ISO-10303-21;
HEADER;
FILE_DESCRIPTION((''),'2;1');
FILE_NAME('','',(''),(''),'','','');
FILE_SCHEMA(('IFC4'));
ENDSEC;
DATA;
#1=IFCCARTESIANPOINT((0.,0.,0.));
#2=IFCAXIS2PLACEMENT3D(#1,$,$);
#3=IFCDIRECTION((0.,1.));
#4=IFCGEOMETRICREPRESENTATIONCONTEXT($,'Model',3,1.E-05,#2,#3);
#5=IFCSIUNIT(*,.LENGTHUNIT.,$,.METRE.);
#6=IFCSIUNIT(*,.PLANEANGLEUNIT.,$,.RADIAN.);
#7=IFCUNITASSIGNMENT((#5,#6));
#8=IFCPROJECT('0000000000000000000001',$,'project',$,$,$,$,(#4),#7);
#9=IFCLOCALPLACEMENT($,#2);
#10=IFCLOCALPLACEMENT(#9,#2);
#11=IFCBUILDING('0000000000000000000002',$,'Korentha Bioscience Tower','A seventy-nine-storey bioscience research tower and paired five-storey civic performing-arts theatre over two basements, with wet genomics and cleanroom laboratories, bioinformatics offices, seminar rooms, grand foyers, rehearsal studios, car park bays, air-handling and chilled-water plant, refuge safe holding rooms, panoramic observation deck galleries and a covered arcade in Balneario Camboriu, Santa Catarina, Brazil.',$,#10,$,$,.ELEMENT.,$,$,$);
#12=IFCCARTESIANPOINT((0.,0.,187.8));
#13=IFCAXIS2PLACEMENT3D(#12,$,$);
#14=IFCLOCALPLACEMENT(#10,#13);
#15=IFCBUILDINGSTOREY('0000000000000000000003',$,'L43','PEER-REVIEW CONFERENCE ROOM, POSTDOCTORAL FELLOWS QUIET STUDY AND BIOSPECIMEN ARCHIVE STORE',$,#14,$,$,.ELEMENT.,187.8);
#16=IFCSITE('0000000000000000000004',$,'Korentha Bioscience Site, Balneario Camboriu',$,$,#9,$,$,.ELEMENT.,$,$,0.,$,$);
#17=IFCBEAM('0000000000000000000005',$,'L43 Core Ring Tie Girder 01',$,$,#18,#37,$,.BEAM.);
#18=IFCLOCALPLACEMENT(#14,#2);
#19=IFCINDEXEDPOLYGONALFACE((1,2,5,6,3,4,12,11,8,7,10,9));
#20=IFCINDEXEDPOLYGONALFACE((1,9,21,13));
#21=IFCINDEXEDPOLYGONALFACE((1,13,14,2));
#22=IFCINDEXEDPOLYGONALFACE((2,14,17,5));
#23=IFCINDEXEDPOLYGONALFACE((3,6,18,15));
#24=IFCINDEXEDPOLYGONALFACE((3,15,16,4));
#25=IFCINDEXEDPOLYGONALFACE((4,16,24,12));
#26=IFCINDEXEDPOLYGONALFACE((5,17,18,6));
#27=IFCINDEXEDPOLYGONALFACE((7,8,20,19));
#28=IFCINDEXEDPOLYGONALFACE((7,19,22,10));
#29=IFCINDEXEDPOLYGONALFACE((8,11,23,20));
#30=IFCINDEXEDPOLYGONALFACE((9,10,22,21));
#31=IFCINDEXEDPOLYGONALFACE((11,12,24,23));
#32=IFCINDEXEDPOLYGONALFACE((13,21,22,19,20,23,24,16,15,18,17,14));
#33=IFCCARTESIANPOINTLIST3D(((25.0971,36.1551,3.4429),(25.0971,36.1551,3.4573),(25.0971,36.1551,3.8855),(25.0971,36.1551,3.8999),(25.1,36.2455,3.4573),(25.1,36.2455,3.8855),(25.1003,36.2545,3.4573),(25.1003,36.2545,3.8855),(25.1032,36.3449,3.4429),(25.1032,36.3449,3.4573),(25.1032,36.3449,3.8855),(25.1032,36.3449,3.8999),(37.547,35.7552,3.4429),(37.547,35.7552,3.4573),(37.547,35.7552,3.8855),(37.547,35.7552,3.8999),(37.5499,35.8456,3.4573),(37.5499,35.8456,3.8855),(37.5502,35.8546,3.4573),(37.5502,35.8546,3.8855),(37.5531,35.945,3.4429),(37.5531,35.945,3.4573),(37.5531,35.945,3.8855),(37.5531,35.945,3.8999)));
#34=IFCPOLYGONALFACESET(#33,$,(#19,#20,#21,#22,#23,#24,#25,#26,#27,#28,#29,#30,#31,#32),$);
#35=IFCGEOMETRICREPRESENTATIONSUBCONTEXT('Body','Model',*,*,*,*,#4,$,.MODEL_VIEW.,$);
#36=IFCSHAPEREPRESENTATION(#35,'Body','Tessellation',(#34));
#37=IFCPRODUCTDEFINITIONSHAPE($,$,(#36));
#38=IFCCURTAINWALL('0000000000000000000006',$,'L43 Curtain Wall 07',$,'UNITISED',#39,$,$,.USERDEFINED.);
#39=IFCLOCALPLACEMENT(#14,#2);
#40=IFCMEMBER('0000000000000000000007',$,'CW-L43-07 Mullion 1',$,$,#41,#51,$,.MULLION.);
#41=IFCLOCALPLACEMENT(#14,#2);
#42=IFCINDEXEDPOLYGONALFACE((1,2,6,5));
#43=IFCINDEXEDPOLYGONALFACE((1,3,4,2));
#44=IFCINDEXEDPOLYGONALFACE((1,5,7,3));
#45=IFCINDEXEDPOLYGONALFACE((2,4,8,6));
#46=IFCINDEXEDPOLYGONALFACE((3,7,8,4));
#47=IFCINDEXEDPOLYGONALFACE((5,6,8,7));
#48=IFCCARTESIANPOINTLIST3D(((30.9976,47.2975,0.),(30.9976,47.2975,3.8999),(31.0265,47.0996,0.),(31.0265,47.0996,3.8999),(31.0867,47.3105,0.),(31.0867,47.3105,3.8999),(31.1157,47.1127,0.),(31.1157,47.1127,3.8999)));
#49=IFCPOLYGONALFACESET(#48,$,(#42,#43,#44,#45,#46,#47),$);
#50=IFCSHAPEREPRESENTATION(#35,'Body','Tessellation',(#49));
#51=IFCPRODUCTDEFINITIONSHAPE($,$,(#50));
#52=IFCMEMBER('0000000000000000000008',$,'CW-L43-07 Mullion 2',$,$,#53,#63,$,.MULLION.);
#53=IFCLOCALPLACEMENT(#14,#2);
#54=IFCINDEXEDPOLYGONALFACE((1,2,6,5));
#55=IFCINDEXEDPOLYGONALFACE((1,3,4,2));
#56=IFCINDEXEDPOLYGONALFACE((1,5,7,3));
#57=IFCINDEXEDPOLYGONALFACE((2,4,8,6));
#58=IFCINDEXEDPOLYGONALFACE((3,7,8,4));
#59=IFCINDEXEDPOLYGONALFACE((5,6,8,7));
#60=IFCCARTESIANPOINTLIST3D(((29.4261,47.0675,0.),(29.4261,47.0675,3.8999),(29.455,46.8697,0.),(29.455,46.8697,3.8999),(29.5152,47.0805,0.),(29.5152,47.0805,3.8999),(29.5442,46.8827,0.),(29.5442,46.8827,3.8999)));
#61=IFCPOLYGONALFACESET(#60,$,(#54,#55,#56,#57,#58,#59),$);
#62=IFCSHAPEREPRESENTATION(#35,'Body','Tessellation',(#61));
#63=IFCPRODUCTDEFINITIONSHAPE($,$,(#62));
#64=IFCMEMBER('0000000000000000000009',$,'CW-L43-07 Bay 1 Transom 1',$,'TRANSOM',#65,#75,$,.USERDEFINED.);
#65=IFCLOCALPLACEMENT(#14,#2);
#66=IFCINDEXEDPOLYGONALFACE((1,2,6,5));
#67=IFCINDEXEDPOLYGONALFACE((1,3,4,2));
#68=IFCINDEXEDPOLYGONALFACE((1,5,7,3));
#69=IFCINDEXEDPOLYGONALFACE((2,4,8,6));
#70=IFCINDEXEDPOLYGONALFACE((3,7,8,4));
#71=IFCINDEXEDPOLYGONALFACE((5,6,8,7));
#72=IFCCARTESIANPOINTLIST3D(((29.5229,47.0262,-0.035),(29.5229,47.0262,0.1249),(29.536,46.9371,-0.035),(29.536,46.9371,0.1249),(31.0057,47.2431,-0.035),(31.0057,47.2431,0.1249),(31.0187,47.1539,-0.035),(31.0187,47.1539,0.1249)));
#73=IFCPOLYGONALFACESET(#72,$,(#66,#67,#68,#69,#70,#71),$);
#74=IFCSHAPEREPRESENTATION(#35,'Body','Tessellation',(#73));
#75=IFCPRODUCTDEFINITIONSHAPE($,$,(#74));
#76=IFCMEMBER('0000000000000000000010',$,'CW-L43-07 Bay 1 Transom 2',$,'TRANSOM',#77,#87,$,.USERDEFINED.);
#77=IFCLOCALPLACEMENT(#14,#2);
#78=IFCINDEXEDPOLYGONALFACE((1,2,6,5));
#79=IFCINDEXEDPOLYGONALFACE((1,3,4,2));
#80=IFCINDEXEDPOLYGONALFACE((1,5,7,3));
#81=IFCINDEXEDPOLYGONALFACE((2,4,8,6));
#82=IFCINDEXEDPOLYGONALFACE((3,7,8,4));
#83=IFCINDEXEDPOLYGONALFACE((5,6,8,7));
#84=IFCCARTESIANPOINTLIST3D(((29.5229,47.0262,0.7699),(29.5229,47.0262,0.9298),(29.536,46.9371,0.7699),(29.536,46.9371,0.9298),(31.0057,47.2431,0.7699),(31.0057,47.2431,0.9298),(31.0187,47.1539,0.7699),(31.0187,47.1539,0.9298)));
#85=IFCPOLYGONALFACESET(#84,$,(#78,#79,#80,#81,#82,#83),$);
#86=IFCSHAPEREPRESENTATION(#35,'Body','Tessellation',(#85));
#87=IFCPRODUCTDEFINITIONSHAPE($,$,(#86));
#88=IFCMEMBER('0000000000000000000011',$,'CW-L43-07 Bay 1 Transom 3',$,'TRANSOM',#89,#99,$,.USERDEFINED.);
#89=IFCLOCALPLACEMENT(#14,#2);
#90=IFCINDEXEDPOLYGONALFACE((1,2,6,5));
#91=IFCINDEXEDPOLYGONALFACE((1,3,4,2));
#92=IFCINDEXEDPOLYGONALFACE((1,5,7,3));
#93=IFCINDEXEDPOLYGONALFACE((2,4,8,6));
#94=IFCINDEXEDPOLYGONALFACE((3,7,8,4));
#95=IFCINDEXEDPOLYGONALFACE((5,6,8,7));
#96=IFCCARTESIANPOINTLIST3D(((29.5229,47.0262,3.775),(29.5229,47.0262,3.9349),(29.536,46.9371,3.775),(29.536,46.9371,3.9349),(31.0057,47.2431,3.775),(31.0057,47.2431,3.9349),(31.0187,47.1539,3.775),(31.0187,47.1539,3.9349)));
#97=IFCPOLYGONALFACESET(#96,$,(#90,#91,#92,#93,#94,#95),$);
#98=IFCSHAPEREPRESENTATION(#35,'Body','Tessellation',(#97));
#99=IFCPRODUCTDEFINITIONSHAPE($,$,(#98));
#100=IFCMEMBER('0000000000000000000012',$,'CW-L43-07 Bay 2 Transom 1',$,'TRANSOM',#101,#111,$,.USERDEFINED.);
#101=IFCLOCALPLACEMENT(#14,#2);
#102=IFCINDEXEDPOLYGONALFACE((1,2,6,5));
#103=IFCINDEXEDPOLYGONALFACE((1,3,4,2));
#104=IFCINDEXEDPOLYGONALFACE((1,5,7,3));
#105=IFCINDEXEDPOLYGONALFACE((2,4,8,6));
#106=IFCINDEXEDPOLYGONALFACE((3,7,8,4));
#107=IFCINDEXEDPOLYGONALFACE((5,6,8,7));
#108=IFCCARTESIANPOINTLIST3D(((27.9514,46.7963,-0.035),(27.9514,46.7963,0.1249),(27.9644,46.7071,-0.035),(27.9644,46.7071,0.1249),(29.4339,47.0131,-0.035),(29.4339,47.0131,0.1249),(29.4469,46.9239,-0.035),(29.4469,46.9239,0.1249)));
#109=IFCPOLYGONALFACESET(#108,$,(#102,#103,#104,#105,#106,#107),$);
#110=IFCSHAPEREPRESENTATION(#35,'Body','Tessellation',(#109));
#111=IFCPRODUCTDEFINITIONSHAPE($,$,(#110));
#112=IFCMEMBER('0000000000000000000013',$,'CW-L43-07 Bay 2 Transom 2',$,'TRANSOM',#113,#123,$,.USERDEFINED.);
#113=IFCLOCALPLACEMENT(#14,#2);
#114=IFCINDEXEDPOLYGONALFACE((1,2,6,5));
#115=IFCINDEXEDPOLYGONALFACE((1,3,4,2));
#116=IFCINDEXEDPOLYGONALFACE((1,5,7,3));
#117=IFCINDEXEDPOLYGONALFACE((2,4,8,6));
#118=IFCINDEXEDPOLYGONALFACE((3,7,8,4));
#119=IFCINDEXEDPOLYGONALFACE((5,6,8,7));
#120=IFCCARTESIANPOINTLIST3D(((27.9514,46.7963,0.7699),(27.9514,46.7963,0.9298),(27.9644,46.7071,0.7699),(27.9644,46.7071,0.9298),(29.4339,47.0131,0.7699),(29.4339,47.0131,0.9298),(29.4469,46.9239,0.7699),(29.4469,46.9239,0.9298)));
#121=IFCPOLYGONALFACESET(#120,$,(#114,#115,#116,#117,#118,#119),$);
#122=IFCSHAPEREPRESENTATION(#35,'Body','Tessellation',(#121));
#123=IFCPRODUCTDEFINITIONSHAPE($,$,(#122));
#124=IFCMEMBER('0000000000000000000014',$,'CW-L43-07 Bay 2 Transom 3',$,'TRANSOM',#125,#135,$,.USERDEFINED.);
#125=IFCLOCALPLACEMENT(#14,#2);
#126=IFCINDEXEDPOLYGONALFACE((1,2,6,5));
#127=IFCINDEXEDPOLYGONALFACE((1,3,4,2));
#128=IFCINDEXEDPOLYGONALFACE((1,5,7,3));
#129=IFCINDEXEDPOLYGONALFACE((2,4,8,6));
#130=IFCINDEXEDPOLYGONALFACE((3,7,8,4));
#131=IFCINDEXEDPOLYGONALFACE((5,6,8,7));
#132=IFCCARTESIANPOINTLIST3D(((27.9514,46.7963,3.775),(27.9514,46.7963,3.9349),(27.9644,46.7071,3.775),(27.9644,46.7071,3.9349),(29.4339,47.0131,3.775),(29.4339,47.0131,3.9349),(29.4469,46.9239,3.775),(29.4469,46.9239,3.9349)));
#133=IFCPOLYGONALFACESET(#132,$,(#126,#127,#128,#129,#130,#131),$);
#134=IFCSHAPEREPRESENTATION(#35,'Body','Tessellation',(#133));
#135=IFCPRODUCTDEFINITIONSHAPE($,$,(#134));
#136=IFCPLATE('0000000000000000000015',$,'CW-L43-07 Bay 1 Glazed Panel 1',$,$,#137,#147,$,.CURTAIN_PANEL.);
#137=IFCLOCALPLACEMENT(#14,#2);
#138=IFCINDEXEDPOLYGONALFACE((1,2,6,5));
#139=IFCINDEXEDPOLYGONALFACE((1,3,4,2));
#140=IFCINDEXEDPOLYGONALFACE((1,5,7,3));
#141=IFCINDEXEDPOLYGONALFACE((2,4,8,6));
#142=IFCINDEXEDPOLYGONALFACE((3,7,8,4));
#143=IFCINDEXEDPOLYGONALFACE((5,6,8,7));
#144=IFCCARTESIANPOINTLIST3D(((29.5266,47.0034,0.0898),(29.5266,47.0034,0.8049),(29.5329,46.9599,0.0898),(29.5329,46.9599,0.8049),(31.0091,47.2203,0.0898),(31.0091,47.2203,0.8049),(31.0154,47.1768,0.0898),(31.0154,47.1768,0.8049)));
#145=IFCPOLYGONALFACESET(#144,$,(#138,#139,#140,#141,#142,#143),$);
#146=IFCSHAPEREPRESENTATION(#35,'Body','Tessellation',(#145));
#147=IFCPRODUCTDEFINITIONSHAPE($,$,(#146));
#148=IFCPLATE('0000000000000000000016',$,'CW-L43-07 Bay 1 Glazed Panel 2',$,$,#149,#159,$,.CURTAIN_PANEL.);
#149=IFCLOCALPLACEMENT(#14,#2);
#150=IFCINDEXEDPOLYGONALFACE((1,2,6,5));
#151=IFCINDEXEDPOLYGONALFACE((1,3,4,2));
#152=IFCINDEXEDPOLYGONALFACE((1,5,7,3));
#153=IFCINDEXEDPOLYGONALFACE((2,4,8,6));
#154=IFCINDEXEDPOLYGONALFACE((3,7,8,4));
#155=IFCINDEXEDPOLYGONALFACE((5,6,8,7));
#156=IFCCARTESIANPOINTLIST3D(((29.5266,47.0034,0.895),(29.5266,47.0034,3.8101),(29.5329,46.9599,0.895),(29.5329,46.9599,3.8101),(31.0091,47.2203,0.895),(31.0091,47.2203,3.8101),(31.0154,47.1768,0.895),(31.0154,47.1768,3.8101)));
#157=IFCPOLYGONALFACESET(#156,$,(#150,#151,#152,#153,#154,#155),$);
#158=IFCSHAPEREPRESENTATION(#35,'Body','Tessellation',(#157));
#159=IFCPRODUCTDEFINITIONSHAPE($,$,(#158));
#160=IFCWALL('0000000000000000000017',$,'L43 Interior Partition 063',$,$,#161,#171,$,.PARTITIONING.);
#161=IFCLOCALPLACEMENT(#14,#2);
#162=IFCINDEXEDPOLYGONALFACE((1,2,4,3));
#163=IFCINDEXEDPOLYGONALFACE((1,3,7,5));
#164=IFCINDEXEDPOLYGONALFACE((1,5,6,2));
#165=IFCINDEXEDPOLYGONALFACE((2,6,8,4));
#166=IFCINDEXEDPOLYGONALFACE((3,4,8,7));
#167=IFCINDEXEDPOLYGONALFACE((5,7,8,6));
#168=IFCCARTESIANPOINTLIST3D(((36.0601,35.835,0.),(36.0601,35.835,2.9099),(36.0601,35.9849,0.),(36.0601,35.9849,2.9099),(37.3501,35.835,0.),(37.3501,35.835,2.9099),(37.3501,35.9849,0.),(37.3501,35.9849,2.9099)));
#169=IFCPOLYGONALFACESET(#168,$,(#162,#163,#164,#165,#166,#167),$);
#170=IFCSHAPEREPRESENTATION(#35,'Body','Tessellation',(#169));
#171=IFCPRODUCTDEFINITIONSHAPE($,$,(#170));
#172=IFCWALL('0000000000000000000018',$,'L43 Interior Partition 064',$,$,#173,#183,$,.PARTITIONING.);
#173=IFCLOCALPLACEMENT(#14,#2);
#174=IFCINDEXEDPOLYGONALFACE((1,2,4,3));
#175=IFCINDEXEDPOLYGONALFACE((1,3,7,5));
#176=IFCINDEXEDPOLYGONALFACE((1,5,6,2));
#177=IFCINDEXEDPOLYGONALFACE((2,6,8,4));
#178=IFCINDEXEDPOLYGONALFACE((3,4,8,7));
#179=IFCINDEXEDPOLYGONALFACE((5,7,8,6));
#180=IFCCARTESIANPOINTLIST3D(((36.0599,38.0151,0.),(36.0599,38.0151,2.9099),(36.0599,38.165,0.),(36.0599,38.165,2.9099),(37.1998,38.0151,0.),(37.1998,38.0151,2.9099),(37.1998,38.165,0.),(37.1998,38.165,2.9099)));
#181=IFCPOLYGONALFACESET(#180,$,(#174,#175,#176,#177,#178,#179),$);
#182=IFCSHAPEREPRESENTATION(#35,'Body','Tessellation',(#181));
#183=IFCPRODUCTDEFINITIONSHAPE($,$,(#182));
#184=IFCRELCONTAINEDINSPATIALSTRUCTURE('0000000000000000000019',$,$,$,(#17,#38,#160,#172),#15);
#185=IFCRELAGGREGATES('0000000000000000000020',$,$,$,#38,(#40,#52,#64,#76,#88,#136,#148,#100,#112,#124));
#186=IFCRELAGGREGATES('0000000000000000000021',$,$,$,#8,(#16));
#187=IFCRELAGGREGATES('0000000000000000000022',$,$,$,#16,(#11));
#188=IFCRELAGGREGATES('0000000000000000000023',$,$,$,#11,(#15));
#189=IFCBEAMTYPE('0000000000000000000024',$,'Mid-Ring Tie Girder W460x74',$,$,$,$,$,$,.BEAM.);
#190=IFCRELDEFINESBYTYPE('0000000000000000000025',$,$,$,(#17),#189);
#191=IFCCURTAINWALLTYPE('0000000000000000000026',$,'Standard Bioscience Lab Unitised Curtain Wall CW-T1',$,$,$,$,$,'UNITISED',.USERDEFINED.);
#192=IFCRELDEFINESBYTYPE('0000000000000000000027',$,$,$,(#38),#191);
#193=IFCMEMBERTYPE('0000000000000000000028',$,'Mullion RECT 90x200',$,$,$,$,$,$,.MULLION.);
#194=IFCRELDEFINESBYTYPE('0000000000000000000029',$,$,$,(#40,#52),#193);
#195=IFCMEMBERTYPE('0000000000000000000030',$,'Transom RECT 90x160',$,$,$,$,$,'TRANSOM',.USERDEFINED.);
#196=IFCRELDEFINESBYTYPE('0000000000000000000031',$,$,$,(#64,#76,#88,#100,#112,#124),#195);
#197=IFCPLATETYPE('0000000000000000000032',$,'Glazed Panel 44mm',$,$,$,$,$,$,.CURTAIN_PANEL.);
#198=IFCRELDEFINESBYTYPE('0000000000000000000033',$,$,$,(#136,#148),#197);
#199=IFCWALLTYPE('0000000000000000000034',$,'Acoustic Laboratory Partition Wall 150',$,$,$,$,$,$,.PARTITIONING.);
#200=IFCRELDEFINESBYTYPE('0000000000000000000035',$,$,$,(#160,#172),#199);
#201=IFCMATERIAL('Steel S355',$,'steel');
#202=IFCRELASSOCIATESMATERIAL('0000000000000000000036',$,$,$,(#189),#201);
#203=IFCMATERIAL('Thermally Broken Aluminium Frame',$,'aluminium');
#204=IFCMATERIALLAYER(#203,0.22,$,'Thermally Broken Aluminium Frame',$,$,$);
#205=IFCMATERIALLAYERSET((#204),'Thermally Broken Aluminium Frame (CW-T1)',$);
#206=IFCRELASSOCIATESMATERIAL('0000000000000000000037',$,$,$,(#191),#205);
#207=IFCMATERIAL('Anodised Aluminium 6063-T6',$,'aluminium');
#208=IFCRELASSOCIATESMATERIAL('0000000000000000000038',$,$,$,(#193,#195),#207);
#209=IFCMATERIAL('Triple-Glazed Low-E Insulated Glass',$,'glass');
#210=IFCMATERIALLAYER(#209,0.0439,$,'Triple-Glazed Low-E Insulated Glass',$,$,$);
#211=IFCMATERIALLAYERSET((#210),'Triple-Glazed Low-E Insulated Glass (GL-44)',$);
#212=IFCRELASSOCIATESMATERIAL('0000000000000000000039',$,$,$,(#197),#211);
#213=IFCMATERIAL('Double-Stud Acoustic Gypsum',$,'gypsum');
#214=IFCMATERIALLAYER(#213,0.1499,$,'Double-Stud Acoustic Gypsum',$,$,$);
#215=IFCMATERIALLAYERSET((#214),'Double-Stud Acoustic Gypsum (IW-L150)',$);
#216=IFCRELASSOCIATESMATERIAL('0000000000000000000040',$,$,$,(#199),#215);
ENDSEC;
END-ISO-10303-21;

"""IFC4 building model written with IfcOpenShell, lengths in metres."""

from ifc_helpers import new_model, si_unit, direction, frame, frame_2d, origin, origin_2d, place, context, subcontext, project, spatial, rectangle, i_section, extrude, material, layer, layer_set, material_profile, profile_set, type_object, element, aggregate, save


model = new_model("IFC4")

# Units and contexts
model_context = context("Model", 3, precision=1e-05, world=origin(), true_north=direction((0.0, 1.0)))
body_context = subcontext(model_context, "Body", "Model", "MODEL_VIEW")
ifc_project = project(units=[si_unit("LENGTHUNIT", "METRE"), si_unit("PLANEANGLEUNIT", "RADIAN")], contexts=[model_context])

# Site, building, storey
site_placement = place(None, origin())
site = spatial("IfcSite", under=ifc_project, at=site_placement, Name="Korentha Bioscience Site, Balneario Camboriu", CompositionType="ELEMENT", RefElevation=0.0)
building_placement = place(site_placement, origin())
building = spatial("IfcBuilding", under=site, at=building_placement, Name="Korentha Bioscience Tower", Description="A seventy-nine-storey bioscience research tower and paired five-storey civic performing-arts theatre over two basements, with wet genomics and cleanroom laboratories, bioinformatics offices, seminar rooms, grand foyers, rehearsal studios, car park bays, air-handling and chilled-water plant, refuge safe holding rooms, panoramic observation deck galleries and a covered arcade in Balneario Camboriu, Santa Catarina, Brazil.", CompositionType="ELEMENT")
storey_placement = place(building_placement, frame((0.0, 0.0, 187.8)))
storey = spatial("IfcBuildingStorey", under=building, at=storey_placement, Name="L43", Description="PEER-REVIEW CONFERENCE ROOM, POSTDOCTORAL FELLOWS QUIET STUDY AND BIOSPECIMEN ARCHIVE STORE", CompositionType="ELEMENT", Elevation=187.8)

# Beam
ifc_material_1 = material(Name="Steel S355", Category="steel")
ifc_material_profile_1 = material_profile(ifc_material_1, i_section(OverallWidth=0.1899, OverallDepth=0.457, WebThickness=0.009, FlangeThickness=0.0144, at=origin_2d()), Name="Steel S355")
ifc_profile_set_1 = profile_set([ifc_material_profile_1], Name="Steel S355 (MB-460)")
beam_type = type_object("IfcBeamType", Name="Mid-Ring Tie Girder W460x74", PredefinedType="BEAM", material=ifc_profile_set_1)
beam_placement = place(storey_placement, frame((37.55, 35.8501, 3.6714), z_axis=(-0.999485, 0.032104, 0.0), x_axis=(-0.032104, -0.999485, 0.0)))
element("IfcBeam", 1, at=beam_placement, inside=storey, type_object=beam_type, Name="L43 Core Ring Tie Girder 01", PredefinedType="BEAM", context=body_context, shape_type="SweptSolid", body=[
    extrude(i_section(OverallWidth=0.1899, OverallDepth=0.457, WebThickness=0.009, FlangeThickness=0.0144, at=origin_2d()), origin(), (0.0, 0.0, 1.0), 12.4563),
])

# Curtain wall, members, plates
ifc_material_2 = material(Name="Thermally Broken Aluminium Frame", Category="aluminium")
ifc_layer_1 = layer(ifc_material_2, 0.22, Name="Thermally Broken Aluminium Frame")
ifc_layer_set_1 = layer_set([ifc_layer_1], Name="Thermally Broken Aluminium Frame (CW-T1)")
curtain_wall_type = type_object("IfcCurtainWallType", Name="Standard Bioscience Lab Unitised Curtain Wall CW-T1", ElementType="UNITISED", PredefinedType="USERDEFINED", material=ifc_layer_set_1)
curtain_wall_placement = place(storey_placement, origin())
curtain_wall = element("IfcCurtainWall", 2, at=curtain_wall_placement, inside=storey, type_object=curtain_wall_type, Name="L43 Curtain Wall 07", ObjectType="UNITISED", PredefinedType="USERDEFINED")
ifc_material_3 = material(Name="Anodised Aluminium 6063-T6", Category="aluminium")
ifc_material_profile_2 = material_profile(ifc_material_3, rectangle(XDim=0.0901, YDim=0.2, at=origin_2d()), Name="Anodised Aluminium 6063-T6")
ifc_profile_set_2 = profile_set([ifc_material_profile_2], Name="Anodised Aluminium 6063-T6 (CW-MUL)")
member_type_1 = type_object("IfcMemberType", Name="Mullion RECT 90x200", PredefinedType="MULLION", material=ifc_profile_set_2)
member_1_placement = place(storey_placement, frame((31.0566, 47.2051, 0.0), z_axis=(0.0, 0.0, 1.0), x_axis=(-0.989462, -0.144793, 0.0)))
member_1 = element("IfcMember", 3, at=member_1_placement, type_object=member_type_1, Name="CW-L43-07 Mullion 1", PredefinedType="MULLION", context=body_context, shape_type="SweptSolid", body=[
    extrude(rectangle(XDim=0.0901, YDim=0.2, at=origin_2d()), origin(), (0.0, 0.0, 1.0), 3.8999),
])
member_2_placement = place(storey_placement, frame((29.4851, 46.9751, 0.0), z_axis=(0.0, 0.0, 1.0), x_axis=(-0.989462, -0.144793, 0.0)))
member_2 = element("IfcMember", 4, at=member_2_placement, type_object=member_type_1, Name="CW-L43-07 Mullion 2", PredefinedType="MULLION", context=body_context, shape_type="SweptSolid", body=[
    extrude(rectangle(XDim=0.0901, YDim=0.2, at=origin_2d()), origin(), (0.0, 0.0, 1.0), 3.8999),
])
ifc_material_profile_3 = material_profile(ifc_material_3, rectangle(XDim=0.0901, YDim=0.1599, at=origin_2d()), Name="Anodised Aluminium 6063-T6")
ifc_profile_set_3 = profile_set([ifc_material_profile_3], Name="Anodised Aluminium 6063-T6 (CW-TRN)")
member_type_2 = type_object("IfcMemberType", Name="Transom RECT 90x160", ElementType="TRANSOM", PredefinedType="USERDEFINED", material=ifc_profile_set_3)
member_3_placement = place(storey_placement, frame((31.0122, 47.1985, 0.0449), z_axis=(-0.989478, -0.144682, 0.0), x_axis=(0.144682, -0.989478, 0.0)))
member_3 = element("IfcMember", 5, at=member_3_placement, type_object=member_type_2, Name="CW-L43-07 Bay 1 Transom 1", ObjectType="TRANSOM", PredefinedType="USERDEFINED", context=body_context, shape_type="SweptSolid", body=[
    extrude(rectangle(XDim=0.0901, YDim=0.1599, at=origin_2d()), origin(), (0.0, 0.0, 1.0), 1.4985),
])
member_4_placement = place(storey_placement, frame((31.0122, 47.1985, 0.8499), z_axis=(-0.989478, -0.144682, 0.0), x_axis=(0.144682, -0.989478, 0.0)))
member_4 = element("IfcMember", 6, at=member_4_placement, type_object=member_type_2, Name="CW-L43-07 Bay 1 Transom 2", ObjectType="TRANSOM", PredefinedType="USERDEFINED", context=body_context, shape_type="SweptSolid", body=[
    extrude(rectangle(XDim=0.0901, YDim=0.1599, at=origin_2d()), origin(), (0.0, 0.0, 1.0), 1.4985),
])
member_5_placement = place(storey_placement, frame((31.0122, 47.1985, 3.855), z_axis=(-0.989478, -0.144682, 0.0), x_axis=(0.144682, -0.989478, 0.0)))
member_5 = element("IfcMember", 7, at=member_5_placement, type_object=member_type_2, Name="CW-L43-07 Bay 1 Transom 3", ObjectType="TRANSOM", PredefinedType="USERDEFINED", context=body_context, shape_type="SweptSolid", body=[
    extrude(rectangle(XDim=0.0901, YDim=0.1599, at=origin_2d()), origin(), (0.0, 0.0, 1.0), 1.4985),
])
member_6_placement = place(storey_placement, frame((29.4404, 46.9685, 0.0449), z_axis=(-0.989475, -0.144706, 0.0), x_axis=(0.144706, -0.989475, 0.0)))
member_6 = element("IfcMember", 8, at=member_6_placement, type_object=member_type_2, Name="CW-L43-07 Bay 2 Transom 1", ObjectType="TRANSOM", PredefinedType="USERDEFINED", context=body_context, shape_type="SweptSolid", body=[
    extrude(rectangle(XDim=0.0901, YDim=0.1599, at=origin_2d()), origin(), (0.0, 0.0, 1.0), 1.4983),
])
member_7_placement = place(storey_placement, frame((29.4404, 46.9685, 0.8499), z_axis=(-0.989475, -0.144706, 0.0), x_axis=(0.144706, -0.989475, 0.0)))
member_7 = element("IfcMember", 9, at=member_7_placement, type_object=member_type_2, Name="CW-L43-07 Bay 2 Transom 2", ObjectType="TRANSOM", PredefinedType="USERDEFINED", context=body_context, shape_type="SweptSolid", body=[
    extrude(rectangle(XDim=0.0901, YDim=0.1599, at=origin_2d()), origin(), (0.0, 0.0, 1.0), 1.4983),
])
member_8_placement = place(storey_placement, frame((29.4404, 46.9685, 3.855), z_axis=(-0.989475, -0.144706, 0.0), x_axis=(0.144706, -0.989475, 0.0)))
member_8 = element("IfcMember", 10, at=member_8_placement, type_object=member_type_2, Name="CW-L43-07 Bay 2 Transom 3", ObjectType="TRANSOM", PredefinedType="USERDEFINED", context=body_context, shape_type="SweptSolid", body=[
    extrude(rectangle(XDim=0.0901, YDim=0.1599, at=origin_2d()), origin(), (0.0, 0.0, 1.0), 1.4983),
])
ifc_material_4 = material(Name="Triple-Glazed Low-E Insulated Glass", Category="glass")
ifc_layer_2 = layer(ifc_material_4, 0.0439, Name="Triple-Glazed Low-E Insulated Glass")
ifc_layer_set_2 = layer_set([ifc_layer_2], Name="Triple-Glazed Low-E Insulated Glass (GL-44)")
plate_type = type_object("IfcPlateType", Name="Glazed Panel 44mm", PredefinedType="CURTAIN_PANEL", material=ifc_layer_set_2)
plate_1_placement = place(storey_placement, frame((30.271, 47.0901, 0.0898), z_axis=(0.0, 0.0, 1.0), x_axis=(-0.989462, -0.144793, 0.0)))
plate_1 = element("IfcPlate", 11, at=plate_1_placement, type_object=plate_type, Name="CW-L43-07 Bay 1 Glazed Panel 1", PredefinedType="CURTAIN_PANEL", context=body_context, shape_type="SweptSolid", body=[
    extrude(rectangle(XDim=1.4983, YDim=0.0439, at=origin_2d()), origin(), (0.0, 0.0, 1.0), 0.7151),
])
plate_2_placement = place(storey_placement, frame((30.271, 47.0901, 0.895), z_axis=(0.0, 0.0, 1.0), x_axis=(-0.989462, -0.144793, 0.0)))
plate_2 = element("IfcPlate", 12, at=plate_2_placement, type_object=plate_type, Name="CW-L43-07 Bay 1 Glazed Panel 2", PredefinedType="CURTAIN_PANEL", context=body_context, shape_type="SweptSolid", body=[
    extrude(rectangle(XDim=1.4983, YDim=0.0439, at=origin_2d()), origin(), (0.0, 0.0, 1.0), 2.915),
])
aggregate(curtain_wall, [member_1, member_2, member_3, member_4, member_5, plate_1, plate_2, member_6, member_7, member_8])

# Shared definitions
ifc_material_5 = material(Name="Double-Stud Acoustic Gypsum", Category="gypsum")
ifc_layer_3 = layer(ifc_material_5, 0.1499, Name="Double-Stud Acoustic Gypsum")
ifc_layer_set_3 = layer_set([ifc_layer_3], Name="Double-Stud Acoustic Gypsum (IW-L150)")
wall_type_1 = type_object("IfcWallType", Name="Acoustic Laboratory Partition Wall 150", PredefinedType="PARTITIONING", material=ifc_layer_set_3)

# Walls
wall_1_placement = place(storey_placement, frame((37.3501, 35.9099, 0.0), z_axis=(0.0, 0.0, 1.0), x_axis=(-1.0, 0.0, 0.0)))
element("IfcWall", 13, at=wall_1_placement, inside=storey, type_object=wall_type_1, Name="L43 Interior Partition 063", PredefinedType="PARTITIONING", context=body_context, shape_type="SweptSolid", body=[
    extrude(rectangle(XDim=1.29, YDim=0.1499, at=frame_2d((0.645, 0.0))), origin(), (0.0, 0.0, 1.0), 2.9099),
])
wall_2_placement = place(storey_placement, frame((36.0601, 38.0901, 0.0), z_axis=(0.0, 0.0, 1.0), x_axis=(1.0, 0.0, 0.0)))
element("IfcWall", 14, at=wall_2_placement, inside=storey, type_object=wall_type_1, Name="L43 Interior Partition 064", PredefinedType="PARTITIONING", context=body_context, shape_type="SweptSolid", body=[
    extrude(rectangle(XDim=1.1399, YDim=0.1499, at=frame_2d((0.5698, 0.0))), origin(), (0.0, 0.0, 1.0), 2.9099),
])

save(model, "model.ifc")
